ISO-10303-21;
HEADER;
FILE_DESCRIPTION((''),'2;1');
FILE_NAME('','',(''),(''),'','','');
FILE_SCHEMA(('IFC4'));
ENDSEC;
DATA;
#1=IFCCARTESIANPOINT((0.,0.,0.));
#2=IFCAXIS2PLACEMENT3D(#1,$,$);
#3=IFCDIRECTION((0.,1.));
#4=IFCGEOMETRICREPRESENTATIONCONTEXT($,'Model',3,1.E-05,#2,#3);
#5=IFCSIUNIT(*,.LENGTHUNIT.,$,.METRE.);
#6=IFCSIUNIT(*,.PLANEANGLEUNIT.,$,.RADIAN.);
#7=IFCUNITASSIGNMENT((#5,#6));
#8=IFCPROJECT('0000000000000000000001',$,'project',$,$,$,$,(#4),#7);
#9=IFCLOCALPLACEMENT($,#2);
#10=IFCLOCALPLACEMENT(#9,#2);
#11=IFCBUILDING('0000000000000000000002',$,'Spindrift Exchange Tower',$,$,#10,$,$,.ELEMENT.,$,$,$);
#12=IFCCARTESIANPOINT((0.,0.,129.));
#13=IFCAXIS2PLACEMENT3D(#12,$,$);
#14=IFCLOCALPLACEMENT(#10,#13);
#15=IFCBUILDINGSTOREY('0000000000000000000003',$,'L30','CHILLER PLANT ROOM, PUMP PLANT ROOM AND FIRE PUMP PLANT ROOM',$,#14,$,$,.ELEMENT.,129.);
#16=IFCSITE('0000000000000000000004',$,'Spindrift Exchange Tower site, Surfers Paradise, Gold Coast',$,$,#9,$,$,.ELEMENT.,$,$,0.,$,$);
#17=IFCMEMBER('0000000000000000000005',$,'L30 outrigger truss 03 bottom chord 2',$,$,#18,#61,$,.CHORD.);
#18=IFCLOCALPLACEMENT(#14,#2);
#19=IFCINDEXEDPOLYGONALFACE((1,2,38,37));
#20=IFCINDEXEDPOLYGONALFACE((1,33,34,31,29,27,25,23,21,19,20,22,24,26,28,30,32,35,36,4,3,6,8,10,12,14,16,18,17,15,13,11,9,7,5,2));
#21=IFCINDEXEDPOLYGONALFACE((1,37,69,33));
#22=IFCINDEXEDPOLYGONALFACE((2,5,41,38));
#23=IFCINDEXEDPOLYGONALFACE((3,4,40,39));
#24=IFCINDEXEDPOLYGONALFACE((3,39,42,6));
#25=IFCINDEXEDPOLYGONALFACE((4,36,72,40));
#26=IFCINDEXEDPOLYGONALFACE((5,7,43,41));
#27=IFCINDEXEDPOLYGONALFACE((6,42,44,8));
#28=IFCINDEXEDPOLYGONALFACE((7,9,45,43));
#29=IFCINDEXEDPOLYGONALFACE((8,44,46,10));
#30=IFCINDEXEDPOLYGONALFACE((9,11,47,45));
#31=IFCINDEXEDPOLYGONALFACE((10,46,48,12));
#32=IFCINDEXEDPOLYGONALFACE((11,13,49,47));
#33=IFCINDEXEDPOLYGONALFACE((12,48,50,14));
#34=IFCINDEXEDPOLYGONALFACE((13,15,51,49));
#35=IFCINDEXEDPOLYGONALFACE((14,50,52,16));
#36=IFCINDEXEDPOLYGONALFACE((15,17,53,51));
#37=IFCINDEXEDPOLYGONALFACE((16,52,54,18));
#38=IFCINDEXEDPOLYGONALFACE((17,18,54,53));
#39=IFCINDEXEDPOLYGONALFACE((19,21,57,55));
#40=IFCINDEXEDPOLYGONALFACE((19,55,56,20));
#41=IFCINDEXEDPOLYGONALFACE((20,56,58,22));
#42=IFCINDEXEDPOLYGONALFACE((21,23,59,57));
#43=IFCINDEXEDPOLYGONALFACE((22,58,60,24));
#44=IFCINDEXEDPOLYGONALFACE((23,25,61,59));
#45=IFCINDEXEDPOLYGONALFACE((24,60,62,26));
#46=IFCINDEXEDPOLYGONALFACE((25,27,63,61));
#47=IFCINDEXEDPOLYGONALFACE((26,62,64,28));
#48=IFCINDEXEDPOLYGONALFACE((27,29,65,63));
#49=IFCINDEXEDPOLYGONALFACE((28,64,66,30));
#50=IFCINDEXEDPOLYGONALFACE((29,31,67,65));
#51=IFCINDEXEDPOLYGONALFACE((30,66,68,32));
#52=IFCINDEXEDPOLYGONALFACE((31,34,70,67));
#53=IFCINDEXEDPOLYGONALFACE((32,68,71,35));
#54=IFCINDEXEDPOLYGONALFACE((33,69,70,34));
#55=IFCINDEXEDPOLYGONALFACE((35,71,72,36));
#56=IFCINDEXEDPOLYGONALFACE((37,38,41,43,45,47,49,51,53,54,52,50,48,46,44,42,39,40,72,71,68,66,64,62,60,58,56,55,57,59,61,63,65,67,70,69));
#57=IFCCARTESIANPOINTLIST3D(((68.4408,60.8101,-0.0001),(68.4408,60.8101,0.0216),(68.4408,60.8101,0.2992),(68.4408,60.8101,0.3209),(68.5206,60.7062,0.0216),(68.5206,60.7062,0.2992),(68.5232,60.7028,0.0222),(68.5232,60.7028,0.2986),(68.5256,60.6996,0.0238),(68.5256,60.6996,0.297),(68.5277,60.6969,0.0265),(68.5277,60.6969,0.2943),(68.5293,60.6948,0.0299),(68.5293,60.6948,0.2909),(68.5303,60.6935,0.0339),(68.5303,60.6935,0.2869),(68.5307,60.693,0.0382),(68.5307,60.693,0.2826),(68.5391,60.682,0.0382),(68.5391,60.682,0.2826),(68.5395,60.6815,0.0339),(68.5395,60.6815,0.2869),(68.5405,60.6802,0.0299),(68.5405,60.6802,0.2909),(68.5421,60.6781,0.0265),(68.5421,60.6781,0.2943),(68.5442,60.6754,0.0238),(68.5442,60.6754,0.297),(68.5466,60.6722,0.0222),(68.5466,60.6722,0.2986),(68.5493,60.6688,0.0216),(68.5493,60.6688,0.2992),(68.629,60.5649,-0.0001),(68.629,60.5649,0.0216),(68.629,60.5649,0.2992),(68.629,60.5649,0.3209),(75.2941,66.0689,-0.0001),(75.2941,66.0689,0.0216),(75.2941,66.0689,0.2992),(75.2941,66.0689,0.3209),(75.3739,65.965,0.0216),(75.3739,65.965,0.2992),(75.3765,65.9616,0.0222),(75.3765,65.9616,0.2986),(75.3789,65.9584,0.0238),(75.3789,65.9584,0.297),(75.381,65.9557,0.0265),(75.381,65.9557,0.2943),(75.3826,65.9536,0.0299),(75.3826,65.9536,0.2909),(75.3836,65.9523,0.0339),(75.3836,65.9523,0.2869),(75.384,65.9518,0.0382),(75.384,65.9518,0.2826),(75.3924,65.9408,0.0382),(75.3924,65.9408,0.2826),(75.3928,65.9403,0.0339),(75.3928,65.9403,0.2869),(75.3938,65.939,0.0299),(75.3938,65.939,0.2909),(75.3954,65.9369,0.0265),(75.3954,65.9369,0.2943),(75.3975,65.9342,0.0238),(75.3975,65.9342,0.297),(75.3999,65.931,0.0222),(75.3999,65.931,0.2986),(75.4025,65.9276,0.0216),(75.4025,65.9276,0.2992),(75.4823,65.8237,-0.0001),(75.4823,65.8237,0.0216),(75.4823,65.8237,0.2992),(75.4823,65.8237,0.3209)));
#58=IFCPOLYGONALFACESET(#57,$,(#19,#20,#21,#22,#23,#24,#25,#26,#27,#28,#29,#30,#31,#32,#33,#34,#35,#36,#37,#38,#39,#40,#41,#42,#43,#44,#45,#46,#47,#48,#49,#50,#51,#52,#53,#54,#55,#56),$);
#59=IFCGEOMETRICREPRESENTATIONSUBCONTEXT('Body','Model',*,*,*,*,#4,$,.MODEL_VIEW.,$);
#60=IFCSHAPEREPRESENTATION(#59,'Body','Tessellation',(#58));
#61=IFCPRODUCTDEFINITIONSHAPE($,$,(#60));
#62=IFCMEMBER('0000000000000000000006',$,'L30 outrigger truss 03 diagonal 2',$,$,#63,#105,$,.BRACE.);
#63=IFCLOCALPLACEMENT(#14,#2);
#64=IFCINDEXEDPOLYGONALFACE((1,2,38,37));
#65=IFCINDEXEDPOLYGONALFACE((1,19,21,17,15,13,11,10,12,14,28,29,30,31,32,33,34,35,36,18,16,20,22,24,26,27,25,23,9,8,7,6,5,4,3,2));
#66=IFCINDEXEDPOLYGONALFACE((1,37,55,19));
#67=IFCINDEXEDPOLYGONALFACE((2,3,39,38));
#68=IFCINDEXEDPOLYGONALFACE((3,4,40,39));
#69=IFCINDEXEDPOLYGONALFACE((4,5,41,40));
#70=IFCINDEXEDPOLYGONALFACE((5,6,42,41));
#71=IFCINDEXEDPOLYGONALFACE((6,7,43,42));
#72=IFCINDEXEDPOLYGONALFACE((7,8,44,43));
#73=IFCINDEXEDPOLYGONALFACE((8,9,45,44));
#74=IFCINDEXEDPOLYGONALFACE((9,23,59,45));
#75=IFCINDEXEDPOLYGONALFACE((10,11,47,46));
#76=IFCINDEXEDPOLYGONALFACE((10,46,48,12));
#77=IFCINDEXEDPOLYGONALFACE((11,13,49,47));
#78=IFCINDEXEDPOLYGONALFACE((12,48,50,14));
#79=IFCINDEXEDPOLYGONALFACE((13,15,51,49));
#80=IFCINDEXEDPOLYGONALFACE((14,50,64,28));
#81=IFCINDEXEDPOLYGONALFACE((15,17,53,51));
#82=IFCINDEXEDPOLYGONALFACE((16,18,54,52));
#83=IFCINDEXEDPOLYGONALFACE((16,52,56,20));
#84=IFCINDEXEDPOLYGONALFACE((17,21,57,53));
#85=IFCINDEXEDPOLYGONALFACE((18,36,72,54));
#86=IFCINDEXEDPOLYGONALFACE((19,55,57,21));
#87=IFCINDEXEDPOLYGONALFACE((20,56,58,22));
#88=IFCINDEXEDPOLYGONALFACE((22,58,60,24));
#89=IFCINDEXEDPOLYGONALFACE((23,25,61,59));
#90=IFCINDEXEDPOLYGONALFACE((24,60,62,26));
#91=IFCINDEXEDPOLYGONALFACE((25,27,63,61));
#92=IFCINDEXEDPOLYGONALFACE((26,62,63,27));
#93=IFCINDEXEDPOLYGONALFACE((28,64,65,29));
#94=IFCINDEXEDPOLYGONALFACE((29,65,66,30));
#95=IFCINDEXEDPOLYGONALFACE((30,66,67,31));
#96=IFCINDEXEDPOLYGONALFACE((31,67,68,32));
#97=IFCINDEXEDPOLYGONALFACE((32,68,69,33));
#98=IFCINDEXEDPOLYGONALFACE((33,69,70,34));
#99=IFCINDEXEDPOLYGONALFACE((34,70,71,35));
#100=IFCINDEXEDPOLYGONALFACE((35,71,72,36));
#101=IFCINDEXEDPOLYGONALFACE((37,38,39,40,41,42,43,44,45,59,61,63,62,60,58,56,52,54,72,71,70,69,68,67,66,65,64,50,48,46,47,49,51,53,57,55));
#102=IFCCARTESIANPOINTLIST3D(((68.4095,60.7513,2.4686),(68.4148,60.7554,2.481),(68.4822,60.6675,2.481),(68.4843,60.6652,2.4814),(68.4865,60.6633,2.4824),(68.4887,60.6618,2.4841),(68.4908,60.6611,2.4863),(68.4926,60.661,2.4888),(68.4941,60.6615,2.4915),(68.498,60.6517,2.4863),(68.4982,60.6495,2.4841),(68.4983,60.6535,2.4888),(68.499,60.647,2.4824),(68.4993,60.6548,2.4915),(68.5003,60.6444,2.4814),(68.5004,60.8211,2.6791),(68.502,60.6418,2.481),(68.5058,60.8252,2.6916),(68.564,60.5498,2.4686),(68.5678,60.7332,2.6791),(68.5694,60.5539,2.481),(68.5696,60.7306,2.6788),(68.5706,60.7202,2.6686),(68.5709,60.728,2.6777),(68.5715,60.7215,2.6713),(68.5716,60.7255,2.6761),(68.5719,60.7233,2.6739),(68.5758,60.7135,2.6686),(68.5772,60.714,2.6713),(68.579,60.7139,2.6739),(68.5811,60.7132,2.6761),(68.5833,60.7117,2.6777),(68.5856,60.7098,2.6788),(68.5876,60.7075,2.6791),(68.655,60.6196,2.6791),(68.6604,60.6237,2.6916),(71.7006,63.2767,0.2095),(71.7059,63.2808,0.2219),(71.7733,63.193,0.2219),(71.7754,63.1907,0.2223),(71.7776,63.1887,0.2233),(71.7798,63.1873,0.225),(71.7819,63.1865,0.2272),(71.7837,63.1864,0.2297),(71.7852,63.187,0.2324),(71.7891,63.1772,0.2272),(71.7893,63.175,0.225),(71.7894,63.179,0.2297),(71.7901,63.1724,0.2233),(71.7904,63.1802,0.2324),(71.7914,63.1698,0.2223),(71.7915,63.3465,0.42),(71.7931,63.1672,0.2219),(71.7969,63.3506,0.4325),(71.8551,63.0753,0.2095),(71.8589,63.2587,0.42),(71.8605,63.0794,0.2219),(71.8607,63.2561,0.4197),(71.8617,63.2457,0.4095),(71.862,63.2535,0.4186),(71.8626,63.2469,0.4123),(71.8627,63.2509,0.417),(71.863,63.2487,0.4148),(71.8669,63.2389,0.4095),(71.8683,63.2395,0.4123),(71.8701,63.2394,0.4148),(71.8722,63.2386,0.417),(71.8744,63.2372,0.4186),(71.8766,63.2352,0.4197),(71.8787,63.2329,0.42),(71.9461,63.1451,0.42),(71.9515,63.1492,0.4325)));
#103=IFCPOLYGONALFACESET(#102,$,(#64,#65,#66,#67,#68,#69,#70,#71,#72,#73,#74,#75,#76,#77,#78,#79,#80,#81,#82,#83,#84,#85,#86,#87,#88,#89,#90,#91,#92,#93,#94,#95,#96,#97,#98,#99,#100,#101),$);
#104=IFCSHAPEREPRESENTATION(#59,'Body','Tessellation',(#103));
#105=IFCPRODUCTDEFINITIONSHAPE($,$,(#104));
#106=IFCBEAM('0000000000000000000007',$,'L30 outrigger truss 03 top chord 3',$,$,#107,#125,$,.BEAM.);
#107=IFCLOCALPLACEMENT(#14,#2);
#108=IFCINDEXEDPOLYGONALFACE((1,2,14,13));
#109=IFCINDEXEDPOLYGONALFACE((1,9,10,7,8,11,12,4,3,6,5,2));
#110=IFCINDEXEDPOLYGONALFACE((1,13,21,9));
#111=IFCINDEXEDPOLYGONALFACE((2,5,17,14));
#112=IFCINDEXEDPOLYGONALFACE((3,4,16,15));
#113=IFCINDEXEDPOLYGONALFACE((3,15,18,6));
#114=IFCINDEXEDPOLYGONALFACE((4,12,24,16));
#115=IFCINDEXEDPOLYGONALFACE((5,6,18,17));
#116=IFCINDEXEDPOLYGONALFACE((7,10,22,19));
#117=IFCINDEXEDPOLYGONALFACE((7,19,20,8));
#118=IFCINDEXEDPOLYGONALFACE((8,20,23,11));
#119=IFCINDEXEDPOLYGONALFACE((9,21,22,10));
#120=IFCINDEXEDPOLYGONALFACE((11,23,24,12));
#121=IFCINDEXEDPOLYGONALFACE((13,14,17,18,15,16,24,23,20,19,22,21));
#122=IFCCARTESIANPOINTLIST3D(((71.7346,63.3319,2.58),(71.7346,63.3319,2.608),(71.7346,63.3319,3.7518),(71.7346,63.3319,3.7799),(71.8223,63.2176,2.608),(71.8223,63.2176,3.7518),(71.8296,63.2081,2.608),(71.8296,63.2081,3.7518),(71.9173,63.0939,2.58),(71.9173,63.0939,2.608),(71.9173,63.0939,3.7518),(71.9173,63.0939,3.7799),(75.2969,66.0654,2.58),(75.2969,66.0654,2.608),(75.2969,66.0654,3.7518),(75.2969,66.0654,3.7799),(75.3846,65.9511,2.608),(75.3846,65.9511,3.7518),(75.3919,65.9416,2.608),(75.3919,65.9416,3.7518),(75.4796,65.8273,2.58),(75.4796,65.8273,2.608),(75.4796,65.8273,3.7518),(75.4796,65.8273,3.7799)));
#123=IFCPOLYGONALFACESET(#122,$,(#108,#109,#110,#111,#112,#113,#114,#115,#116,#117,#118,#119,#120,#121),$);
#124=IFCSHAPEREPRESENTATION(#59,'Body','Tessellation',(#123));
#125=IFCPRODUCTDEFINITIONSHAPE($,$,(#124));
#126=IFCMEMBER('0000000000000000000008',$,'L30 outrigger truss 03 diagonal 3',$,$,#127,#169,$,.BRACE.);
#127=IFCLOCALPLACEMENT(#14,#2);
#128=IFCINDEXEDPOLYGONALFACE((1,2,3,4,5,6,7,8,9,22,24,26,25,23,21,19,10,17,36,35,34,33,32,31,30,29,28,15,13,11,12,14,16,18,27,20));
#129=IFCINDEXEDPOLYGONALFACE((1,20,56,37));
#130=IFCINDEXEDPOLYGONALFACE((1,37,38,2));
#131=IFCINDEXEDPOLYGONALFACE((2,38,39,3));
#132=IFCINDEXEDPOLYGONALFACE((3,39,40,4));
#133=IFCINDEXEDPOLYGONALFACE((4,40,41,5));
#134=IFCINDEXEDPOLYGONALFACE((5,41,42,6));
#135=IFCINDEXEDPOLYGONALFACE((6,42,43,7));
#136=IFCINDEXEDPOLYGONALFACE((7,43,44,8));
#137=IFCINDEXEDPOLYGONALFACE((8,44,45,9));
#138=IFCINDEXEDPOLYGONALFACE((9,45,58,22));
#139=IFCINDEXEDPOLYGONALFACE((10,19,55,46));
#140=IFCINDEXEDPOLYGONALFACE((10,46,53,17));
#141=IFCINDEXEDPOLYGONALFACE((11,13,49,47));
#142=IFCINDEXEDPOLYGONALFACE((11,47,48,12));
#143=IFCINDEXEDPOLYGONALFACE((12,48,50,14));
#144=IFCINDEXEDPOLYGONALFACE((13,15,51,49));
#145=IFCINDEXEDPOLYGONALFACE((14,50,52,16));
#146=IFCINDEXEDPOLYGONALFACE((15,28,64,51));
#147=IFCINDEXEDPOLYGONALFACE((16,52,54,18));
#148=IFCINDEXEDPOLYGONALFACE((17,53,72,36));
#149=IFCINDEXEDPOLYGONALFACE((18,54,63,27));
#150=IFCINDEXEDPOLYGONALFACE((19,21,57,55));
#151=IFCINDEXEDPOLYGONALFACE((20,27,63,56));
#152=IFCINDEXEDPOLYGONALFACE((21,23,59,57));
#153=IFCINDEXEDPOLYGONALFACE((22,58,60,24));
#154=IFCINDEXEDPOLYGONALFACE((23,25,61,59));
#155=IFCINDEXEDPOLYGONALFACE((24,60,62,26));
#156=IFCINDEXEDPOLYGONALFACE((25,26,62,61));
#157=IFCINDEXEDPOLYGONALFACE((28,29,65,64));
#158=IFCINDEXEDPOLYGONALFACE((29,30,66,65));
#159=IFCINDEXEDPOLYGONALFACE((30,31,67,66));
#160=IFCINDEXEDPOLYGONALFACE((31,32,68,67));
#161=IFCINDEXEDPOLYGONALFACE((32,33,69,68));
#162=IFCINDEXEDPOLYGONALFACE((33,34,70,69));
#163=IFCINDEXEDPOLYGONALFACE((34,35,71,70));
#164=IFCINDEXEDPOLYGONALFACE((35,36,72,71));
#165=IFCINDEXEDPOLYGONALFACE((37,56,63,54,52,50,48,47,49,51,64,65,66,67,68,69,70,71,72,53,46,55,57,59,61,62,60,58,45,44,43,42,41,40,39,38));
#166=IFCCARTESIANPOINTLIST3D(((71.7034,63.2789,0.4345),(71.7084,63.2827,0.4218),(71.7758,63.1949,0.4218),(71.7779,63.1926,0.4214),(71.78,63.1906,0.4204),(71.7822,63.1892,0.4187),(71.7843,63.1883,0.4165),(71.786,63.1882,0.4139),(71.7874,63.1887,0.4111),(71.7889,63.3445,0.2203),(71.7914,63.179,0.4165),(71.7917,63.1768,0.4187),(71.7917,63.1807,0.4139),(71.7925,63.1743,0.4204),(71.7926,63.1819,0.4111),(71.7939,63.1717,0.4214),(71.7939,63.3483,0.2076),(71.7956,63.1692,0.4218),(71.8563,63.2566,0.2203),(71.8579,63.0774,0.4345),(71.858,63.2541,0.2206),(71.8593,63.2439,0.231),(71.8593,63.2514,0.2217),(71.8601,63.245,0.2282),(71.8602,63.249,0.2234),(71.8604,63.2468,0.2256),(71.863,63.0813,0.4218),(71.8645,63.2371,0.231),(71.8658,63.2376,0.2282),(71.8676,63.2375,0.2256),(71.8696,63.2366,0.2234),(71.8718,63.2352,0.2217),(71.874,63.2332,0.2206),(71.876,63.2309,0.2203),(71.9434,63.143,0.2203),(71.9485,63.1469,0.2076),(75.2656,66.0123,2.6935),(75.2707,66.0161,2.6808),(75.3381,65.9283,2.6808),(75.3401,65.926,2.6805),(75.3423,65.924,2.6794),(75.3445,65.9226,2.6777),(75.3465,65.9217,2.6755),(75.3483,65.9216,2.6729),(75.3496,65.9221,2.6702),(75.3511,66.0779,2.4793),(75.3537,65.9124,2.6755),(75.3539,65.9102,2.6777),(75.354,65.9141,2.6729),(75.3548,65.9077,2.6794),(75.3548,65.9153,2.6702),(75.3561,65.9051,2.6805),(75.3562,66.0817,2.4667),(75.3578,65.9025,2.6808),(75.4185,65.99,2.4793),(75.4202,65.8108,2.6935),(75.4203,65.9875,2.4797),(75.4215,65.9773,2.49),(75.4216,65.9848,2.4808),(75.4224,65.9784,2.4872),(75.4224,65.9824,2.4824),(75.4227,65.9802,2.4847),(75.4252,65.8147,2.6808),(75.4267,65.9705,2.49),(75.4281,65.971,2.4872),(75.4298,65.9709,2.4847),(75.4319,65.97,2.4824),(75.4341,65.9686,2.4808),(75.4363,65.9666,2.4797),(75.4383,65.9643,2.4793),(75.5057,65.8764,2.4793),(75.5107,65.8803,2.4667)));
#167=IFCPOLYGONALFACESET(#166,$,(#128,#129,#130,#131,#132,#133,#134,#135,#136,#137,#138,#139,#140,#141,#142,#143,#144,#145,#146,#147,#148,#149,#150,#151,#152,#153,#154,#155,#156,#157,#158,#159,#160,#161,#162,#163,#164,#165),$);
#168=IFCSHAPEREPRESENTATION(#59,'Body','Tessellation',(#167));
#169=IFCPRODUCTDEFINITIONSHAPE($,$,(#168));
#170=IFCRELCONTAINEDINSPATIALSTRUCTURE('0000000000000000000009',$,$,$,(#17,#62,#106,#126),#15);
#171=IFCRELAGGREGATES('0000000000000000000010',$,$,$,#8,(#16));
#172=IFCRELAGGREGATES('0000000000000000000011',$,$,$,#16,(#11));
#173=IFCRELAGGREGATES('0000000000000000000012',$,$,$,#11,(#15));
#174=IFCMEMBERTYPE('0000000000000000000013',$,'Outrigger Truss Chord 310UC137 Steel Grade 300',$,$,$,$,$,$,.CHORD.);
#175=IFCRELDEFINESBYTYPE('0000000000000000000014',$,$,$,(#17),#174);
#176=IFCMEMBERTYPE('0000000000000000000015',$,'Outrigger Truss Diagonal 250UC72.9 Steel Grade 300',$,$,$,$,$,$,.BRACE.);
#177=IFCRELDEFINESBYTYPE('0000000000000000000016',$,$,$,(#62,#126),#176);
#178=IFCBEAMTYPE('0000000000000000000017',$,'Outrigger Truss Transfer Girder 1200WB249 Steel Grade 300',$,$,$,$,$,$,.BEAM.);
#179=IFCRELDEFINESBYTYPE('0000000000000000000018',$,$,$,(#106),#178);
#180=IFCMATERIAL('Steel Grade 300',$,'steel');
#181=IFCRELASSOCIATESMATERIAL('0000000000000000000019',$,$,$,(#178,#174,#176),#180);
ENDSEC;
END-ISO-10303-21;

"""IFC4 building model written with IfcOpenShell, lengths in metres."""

from ifc_helpers import new_model, si_unit, direction, frame, origin, origin_2d, place, context, subcontext, project, spatial, i_section, extrude, source, transform, mapped, material, material_profile, profile_set, type_object, element, save


model = new_model("IFC4")

# Units and contexts
model_context = context("Model", 3, precision=1e-05, world=origin(), true_north=direction((0.0, 1.0)))
body_context = subcontext(model_context, "Body", "Model", "MODEL_VIEW")
ifc_project = project(units=[si_unit("LENGTHUNIT", "METRE"), si_unit("PLANEANGLEUNIT", "RADIAN")], contexts=[model_context])

# Site, building, storey
site_placement = place(None, origin())
site = spatial("IfcSite", under=ifc_project, at=site_placement, Name="Spindrift Exchange Tower site, Surfers Paradise, Gold Coast", CompositionType="ELEMENT", RefElevation=0.0)
building_placement = place(site_placement, origin())
building = spatial("IfcBuilding", under=site, at=building_placement, Name="Spindrift Exchange Tower", CompositionType="ELEMENT")
storey_placement = place(building_placement, frame((0.0, 0.0, 129.0)))
storey = spatial("IfcBuildingStorey", under=building, at=storey_placement, Name="L30", Description="CHILLER PLANT ROOM, PUMP PLANT ROOM AND FIRE PUMP PLANT ROOM", CompositionType="ELEMENT", Elevation=129.0)

# Shared definitions
ifc_material_1 = material(Name="Steel Grade 300", Category="steel")

# Shared definitions
ifc_material_profile_1 = material_profile(ifc_material_1, i_section(OverallWidth=0.3, OverallDepth=1.2, WebThickness=0.012, FlangeThickness=0.0281, at=origin_2d()), Name="1200WB249")
ifc_profile_set_1 = profile_set([ifc_material_profile_1], Name="Steel Grade 300")
beam_type = type_object("IfcBeamType", Name="Outrigger Truss Transfer Girder 1200WB249 Steel Grade 300", PredefinedType="BEAM", material=ifc_profile_set_1)

# Members
ifc_material_profile_2 = material_profile(ifc_material_1, i_section(OverallWidth=0.3091, OverallDepth=0.321, WebThickness=0.0139, FlangeThickness=0.0217, FilletRadius=0.0166, at=origin_2d()), Name="310UC137")
ifc_profile_set_2 = profile_set([ifc_material_profile_2], Name="Steel Grade 300")
member_type_1 = type_object("IfcMemberType", Name="Outrigger Truss Chord 310UC137 Steel Grade 300", PredefinedType="CHORD", material=ifc_profile_set_2)
shared_shape_1 = source(origin(), body_context, "Body", "SweptSolid", [
    extrude(i_section(OverallWidth=0.3091, OverallDepth=0.321, WebThickness=0.0139, FlangeThickness=0.0217, FilletRadius=0.0166, at=origin_2d()), origin(), (0.0, 0.0, 1.0), 8.6384),
])
member_1_placement = place(storey_placement, frame((68.5349, 60.6875, 0.1604), z_axis=(0.793348, 0.608768, 0.0), x_axis=(-0.608768, 0.793348, 0.0)))
element("IfcMember", 1, at=member_1_placement, inside=storey, type_object=member_type_1, Name="L30 outrigger truss 03 bottom chord 2", PredefinedType="CHORD", context=body_context, shape_type="MappedRepresentation", body=[
    mapped(shared_shape_1, transform((0.0, 0.0, 0.0), scale=1.0)),
])
ifc_material_profile_3 = material_profile(ifc_material_1, i_section(OverallWidth=0.2539, OverallDepth=0.2539, WebThickness=0.0085, FlangeThickness=0.0142, FilletRadius=0.012, at=origin_2d()), Name="250UC72.9")
ifc_profile_set_3 = profile_set([ifc_material_profile_3], Name="Steel Grade 300")
member_type_2 = type_object("IfcMemberType", Name="Outrigger Truss Diagonal 250UC72.9 Steel Grade 300", PredefinedType="BRACE", material=ifc_profile_set_3)
shared_shape_2 = source(origin(), body_context, "Body", "SweptSolid", [
    extrude(i_section(OverallWidth=0.2539, OverallDepth=0.2539, WebThickness=0.0085, FlangeThickness=0.0142, FilletRadius=0.012, at=origin_2d()), origin(), (0.0, 0.0, 1.0), 4.7236),
])
member_2_placement = place(storey_placement, frame((68.5349, 60.6875, 2.5801), z_axis=(0.69673, 0.534642, -0.478252), x_axis=(-0.608777, 0.793341, 0.0)))
element("IfcMember", 2, at=member_2_placement, inside=storey, type_object=member_type_2, Name="L30 outrigger truss 03 diagonal 2", PredefinedType="BRACE", context=body_context, shape_type="MappedRepresentation", body=[
    mapped(shared_shape_2, transform((0.0, 0.0, 0.0), scale=1.0)),
])

# Beam
shared_shape_3 = source(origin(), body_context, "Body", "SweptSolid", [
    extrude(i_section(OverallWidth=0.3, OverallDepth=1.2, WebThickness=0.012, FlangeThickness=0.0281, at=origin_2d()), origin(), (0.0, 0.0, 1.0), 4.4902),
])
beam_1_placement = place(storey_placement, frame((71.8259, 63.2129, 3.1799), z_axis=(0.793355, 0.608759, 0.0), x_axis=(-0.608759, 0.793355, 0.0)))
element("IfcBeam", 3, at=beam_1_placement, inside=storey, type_object=beam_type, Name="L30 outrigger truss 03 top chord 3", PredefinedType="BEAM", context=body_context, shape_type="MappedRepresentation", body=[
    mapped(shared_shape_3, transform((0.0, 0.0, 0.0), scale=1.0)),
])

# Member
shared_shape_4 = source(origin(), body_context, "Body", "SweptSolid", [
    extrude(i_section(OverallWidth=0.2539, OverallDepth=0.2539, WebThickness=0.0085, FlangeThickness=0.0142, FilletRadius=0.012, at=origin_2d()), origin(), (0.0, 0.0, 1.0), 5.0264),
])
member_3_placement = place(storey_placement, frame((71.8259, 63.2129, 0.321), z_axis=(0.708714, 0.543812, 0.449437), x_axis=(-0.608759, 0.793355, 0.0)))
element("IfcMember", 4, at=member_3_placement, inside=storey, type_object=member_type_2, Name="L30 outrigger truss 03 diagonal 3", PredefinedType="BRACE", context=body_context, shape_type="MappedRepresentation", body=[
    mapped(shared_shape_4, transform((0.0, 0.0, 0.0), scale=1.0)),
])

save(model, "model.ifc")
